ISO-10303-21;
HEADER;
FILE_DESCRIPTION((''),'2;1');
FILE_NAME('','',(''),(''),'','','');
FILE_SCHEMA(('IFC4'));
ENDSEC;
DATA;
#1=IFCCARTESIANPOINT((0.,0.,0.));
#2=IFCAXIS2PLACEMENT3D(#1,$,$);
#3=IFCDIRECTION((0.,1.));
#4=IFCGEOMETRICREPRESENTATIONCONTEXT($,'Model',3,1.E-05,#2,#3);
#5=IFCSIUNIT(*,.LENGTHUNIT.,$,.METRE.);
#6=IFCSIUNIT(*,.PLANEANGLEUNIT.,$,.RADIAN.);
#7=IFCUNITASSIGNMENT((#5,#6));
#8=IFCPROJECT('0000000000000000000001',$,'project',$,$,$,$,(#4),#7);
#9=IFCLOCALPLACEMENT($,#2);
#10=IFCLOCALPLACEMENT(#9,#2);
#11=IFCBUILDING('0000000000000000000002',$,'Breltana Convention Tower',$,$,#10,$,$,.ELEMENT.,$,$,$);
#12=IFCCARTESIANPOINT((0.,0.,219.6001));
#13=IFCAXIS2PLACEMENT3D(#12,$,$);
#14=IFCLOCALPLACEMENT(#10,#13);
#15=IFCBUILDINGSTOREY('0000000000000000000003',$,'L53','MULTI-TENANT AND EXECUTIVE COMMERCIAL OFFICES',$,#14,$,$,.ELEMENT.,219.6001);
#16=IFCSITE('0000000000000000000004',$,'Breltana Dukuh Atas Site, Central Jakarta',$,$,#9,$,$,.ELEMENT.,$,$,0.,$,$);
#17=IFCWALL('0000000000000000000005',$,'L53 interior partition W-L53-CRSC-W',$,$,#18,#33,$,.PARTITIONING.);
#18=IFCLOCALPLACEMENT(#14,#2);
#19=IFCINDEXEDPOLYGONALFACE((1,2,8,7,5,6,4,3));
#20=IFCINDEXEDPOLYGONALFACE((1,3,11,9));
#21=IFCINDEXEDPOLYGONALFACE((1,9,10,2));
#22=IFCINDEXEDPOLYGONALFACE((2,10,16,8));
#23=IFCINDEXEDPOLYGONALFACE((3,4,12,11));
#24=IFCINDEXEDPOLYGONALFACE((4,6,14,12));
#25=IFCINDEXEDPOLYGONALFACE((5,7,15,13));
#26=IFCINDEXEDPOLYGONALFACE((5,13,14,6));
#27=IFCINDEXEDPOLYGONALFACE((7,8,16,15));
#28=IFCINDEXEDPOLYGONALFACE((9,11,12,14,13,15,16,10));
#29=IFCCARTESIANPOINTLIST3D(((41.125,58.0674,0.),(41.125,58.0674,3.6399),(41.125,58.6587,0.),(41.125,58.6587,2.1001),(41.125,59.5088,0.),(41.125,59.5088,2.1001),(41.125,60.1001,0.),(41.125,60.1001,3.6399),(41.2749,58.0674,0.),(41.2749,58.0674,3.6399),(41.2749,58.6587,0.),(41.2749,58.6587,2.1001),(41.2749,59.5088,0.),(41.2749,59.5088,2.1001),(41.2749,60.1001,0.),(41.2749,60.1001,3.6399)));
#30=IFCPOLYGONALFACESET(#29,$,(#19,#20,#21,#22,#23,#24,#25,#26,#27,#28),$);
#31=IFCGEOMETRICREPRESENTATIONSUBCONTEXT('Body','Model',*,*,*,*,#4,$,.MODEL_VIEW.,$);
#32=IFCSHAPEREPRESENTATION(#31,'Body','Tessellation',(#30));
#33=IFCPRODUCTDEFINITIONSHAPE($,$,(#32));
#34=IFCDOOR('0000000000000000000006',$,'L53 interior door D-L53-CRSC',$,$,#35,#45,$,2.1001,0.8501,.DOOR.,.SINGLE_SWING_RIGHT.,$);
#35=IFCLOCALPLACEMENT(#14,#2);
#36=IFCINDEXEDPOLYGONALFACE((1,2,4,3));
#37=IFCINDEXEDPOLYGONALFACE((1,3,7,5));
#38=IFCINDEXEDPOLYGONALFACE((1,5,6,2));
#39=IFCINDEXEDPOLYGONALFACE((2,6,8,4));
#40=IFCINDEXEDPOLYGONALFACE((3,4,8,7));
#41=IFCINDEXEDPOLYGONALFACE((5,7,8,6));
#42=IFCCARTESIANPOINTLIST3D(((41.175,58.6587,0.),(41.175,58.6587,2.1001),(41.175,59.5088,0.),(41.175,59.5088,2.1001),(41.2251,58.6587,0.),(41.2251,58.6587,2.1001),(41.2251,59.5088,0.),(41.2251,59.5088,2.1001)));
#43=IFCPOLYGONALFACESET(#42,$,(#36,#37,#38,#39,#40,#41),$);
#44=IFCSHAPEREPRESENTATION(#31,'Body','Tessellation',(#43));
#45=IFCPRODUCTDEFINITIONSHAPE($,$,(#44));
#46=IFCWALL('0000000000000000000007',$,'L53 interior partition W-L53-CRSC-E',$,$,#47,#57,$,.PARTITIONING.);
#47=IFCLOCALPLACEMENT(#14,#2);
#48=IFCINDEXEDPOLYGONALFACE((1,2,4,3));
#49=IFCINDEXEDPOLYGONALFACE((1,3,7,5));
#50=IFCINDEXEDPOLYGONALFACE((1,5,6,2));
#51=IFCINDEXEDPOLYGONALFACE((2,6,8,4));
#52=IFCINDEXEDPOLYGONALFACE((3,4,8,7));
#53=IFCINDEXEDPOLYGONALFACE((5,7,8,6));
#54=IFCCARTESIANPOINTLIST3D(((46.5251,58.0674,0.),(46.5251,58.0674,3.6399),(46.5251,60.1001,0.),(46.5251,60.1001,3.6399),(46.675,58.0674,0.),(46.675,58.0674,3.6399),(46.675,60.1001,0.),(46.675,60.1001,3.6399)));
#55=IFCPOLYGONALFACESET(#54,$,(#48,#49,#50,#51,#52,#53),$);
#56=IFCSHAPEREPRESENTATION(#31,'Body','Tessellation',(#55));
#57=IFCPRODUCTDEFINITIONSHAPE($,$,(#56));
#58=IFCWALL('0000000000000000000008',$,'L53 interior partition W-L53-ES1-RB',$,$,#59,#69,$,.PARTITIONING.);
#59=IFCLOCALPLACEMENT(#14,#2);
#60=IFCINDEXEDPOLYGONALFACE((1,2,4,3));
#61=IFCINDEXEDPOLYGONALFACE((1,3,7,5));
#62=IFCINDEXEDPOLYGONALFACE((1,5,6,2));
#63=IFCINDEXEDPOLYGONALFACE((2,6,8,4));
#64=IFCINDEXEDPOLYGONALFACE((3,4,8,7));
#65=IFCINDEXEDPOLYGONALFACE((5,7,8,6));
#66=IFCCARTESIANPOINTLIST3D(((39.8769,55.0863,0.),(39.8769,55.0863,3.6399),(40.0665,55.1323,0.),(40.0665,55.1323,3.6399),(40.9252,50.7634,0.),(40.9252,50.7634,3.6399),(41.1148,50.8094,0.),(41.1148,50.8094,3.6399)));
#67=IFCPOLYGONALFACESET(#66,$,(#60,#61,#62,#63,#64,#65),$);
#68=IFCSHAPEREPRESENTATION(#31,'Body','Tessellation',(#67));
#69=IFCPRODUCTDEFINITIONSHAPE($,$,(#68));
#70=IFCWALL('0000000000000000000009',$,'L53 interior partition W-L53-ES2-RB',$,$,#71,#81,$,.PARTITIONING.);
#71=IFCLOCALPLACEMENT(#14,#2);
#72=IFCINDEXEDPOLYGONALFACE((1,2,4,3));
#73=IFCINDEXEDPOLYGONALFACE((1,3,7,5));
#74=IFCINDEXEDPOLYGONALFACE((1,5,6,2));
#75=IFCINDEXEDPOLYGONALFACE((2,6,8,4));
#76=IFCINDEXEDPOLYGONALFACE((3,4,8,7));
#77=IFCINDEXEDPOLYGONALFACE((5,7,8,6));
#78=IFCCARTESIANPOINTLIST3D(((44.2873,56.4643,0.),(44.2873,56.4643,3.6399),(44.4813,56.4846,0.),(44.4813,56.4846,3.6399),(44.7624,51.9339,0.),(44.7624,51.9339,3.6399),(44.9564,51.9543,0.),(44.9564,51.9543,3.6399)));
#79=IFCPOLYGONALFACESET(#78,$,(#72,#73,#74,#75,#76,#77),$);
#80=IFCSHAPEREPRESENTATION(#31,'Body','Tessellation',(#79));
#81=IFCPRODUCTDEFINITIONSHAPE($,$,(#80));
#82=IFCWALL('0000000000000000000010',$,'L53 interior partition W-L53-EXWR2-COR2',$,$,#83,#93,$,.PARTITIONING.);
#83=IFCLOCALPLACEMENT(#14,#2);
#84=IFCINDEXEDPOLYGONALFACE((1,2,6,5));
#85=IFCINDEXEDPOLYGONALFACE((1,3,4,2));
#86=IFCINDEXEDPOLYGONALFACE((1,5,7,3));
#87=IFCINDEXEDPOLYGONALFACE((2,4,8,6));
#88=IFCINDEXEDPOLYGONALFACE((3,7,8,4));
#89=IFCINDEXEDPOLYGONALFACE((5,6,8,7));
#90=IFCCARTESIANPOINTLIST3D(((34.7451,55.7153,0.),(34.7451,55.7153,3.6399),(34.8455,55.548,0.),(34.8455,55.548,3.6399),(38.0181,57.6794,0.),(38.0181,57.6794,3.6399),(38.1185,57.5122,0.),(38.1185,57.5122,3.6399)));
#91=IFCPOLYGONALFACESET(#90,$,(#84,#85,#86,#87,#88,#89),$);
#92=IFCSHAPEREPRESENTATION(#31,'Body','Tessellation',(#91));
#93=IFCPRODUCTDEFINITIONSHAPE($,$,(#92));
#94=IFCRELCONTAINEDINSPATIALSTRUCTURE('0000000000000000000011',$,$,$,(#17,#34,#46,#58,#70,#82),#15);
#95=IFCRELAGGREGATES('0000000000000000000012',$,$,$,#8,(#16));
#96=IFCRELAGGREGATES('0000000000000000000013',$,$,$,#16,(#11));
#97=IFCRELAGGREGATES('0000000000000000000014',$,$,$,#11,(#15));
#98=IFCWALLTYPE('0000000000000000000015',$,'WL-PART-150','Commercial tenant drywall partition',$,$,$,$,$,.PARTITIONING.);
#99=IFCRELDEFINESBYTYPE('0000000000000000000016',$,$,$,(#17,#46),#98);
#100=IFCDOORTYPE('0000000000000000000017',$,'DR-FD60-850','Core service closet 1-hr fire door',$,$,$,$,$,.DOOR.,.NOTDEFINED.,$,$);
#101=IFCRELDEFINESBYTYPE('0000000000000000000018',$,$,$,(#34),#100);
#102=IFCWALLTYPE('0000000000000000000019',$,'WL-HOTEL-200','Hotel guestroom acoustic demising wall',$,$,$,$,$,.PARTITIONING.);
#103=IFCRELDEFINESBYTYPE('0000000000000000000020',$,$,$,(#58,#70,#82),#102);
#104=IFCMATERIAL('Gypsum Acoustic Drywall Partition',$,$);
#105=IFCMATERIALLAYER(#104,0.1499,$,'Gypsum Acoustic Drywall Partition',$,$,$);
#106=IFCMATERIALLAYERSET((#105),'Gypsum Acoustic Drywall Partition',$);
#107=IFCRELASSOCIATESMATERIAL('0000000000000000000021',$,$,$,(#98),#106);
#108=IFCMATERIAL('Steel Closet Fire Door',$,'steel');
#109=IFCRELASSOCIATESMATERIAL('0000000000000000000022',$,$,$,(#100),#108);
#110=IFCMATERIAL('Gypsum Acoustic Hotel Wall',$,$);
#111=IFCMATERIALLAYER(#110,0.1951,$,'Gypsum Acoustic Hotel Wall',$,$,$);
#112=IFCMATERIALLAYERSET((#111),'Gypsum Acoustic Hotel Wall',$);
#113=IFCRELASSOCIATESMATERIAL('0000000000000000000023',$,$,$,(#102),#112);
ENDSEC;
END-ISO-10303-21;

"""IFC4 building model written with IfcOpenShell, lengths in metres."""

from ifc_helpers import new_model, si_unit, direction, frame, frame_2d, origin, place, context, subcontext, project, spatial, rectangle, extrude, source, transform, mapped, material, layer, layer_set, type_object, type_shapes, element, fill, save


model = new_model("IFC4")

# Units and contexts
model_context = context("Model", 3, precision=1e-05, world=origin(), true_north=direction((0.0, 1.0)))
body_context = subcontext(model_context, "Body", "Model", "MODEL_VIEW")
ifc_project = project(units=[si_unit("LENGTHUNIT", "METRE"), si_unit("PLANEANGLEUNIT", "RADIAN")], contexts=[model_context])

# Site, building, storey
site_placement = place(None, origin())
site = spatial("IfcSite", under=ifc_project, at=site_placement, Name="Breltana Dukuh Atas Site, Central Jakarta", CompositionType="ELEMENT", RefElevation=0.0)
building_placement = place(site_placement, origin())
building = spatial("IfcBuilding", under=site, at=building_placement, Name="Breltana Convention Tower", CompositionType="ELEMENT")
storey_placement = place(building_placement, frame((0.0, 0.0, 219.6001)))
storey = spatial("IfcBuildingStorey", under=building, at=storey_placement, Name="L53", Description="MULTI-TENANT AND EXECUTIVE COMMERCIAL OFFICES", CompositionType="ELEMENT", Elevation=219.6001)

# Shared definitions
ifc_material_1 = material(Name="Gypsum Acoustic Drywall Partition")
ifc_layer_1 = layer(ifc_material_1, 0.1499, Name="Gypsum Acoustic Drywall Partition")
ifc_layer_set_1 = layer_set([ifc_layer_1], Name="Gypsum Acoustic Drywall Partition")
wall_type_1 = type_object("IfcWallType", Name="WL-PART-150", Description="Commercial tenant drywall partition", PredefinedType="PARTITIONING", material=ifc_layer_set_1)

# Wall, opening, door
shared_shape_1 = source(origin(), body_context, "Body", "SweptSolid", [
    extrude(rectangle(XDim=2.0327, YDim=0.1499, at=frame_2d((1.0164, 0.0))), origin(), (0.0, 0.0, 1.0), 3.6399),
])
wall_1_placement = place(storey_placement, frame((41.2, 58.0674, 0.0), z_axis=(0.0, 0.0, 1.0), x_axis=(0.0, 1.0, 0.0)))
wall_1 = element("IfcWall", 1, at=wall_1_placement, inside=storey, type_object=wall_type_1, Name="L53 interior partition W-L53-CRSC-W", PredefinedType="PARTITIONING", context=body_context, shape_type="MappedRepresentation", body=[
    mapped(shared_shape_1, transform((0.0, 0.0, 0.0), scale=1.0)),
])
opening_1_placement = place(wall_1_placement, frame((0.5913, 0.0, 0.0)))
opening_1 = element("IfcOpeningElement", 2, at=opening_1_placement, cuts=wall_1, PredefinedType="OPENING", context=body_context, shape_type="SweptSolid", body=[
    extrude(rectangle(XDim=0.8501, YDim=2.1001, at=frame_2d((0.425, 1.05))), frame((0.0, 0.085, 0.0), z_axis=(0.0, -1.0, 0.0), x_axis=(1.0, 0.0, 0.0)), (0.0, 0.0, 1.0), 0.1699),
])
ifc_material_2 = material(Name="Steel Closet Fire Door", Category="steel")
door_type_1 = type_object("IfcDoorType", Name="DR-FD60-850", Description="Core service closet 1-hr fire door", OperationType="NOTDEFINED", PredefinedType="DOOR", material=ifc_material_2)
shared_shape_2 = source(origin(), body_context, "Body", "SweptSolid", [
    extrude(rectangle(XDim=0.8501, YDim=2.1001, at=frame_2d((0.425, 1.05))), frame((0.0, 0.0249, 0.0), z_axis=(0.0, -1.0, 0.0), x_axis=(1.0, 0.0, 0.0)), (0.0, 0.0, 1.0), 0.05),
])
type_shapes(door_type_1, [shared_shape_2])
door_1_placement = place(opening_1_placement, origin())
door_1 = element("IfcDoor", 3, at=door_1_placement, inside=storey, type_object=door_type_1, Name="L53 interior door D-L53-CRSC", OperationType="SINGLE_SWING_RIGHT", OverallHeight=2.1001, OverallWidth=0.8501, PredefinedType="DOOR", context=body_context, shape_type="MappedRepresentation", body=[
    mapped(shared_shape_2, transform((0.0, 0.0, 0.0), scale=1.0)),
])
fill(opening_1, door_1)

# Wall
wall_2_placement = place(storey_placement, frame((46.6001, 58.0674, 0.0), z_axis=(0.0, 0.0, 1.0), x_axis=(0.0, 1.0, 0.0)))
element("IfcWall", 4, at=wall_2_placement, inside=storey, type_object=wall_type_1, Name="L53 interior partition W-L53-CRSC-E", PredefinedType="PARTITIONING", context=body_context, shape_type="MappedRepresentation", body=[
    mapped(shared_shape_1, transform((0.0, 0.0, 0.0), scale=1.0)),
])

# Shared definitions
ifc_material_3 = material(Name="Gypsum Acoustic Hotel Wall")
ifc_layer_2 = layer(ifc_material_3, 0.1951, Name="Gypsum Acoustic Hotel Wall")
ifc_layer_set_2 = layer_set([ifc_layer_2], Name="Gypsum Acoustic Hotel Wall")
wall_type_2 = type_object("IfcWallType", Name="WL-HOTEL-200", Description="Hotel guestroom acoustic demising wall", PredefinedType="PARTITIONING", material=ifc_layer_set_2)

# Wall
shared_shape_3 = source(origin(), body_context, "Body", "SweptSolid", [
    extrude(rectangle(XDim=4.4482, YDim=0.1951, at=frame_2d((2.2241, 0.0))), origin(), (0.0, 0.0, 1.0), 3.6399),
])
wall_3_placement = place(storey_placement, frame((41.02, 50.7864, 0.0), z_axis=(0.0, 0.0, 1.0), x_axis=(-0.235672, 0.971833, 0.0)))
element("IfcWall", 5, at=wall_3_placement, inside=storey, type_object=wall_type_2, Name="L53 interior partition W-L53-ES1-RB", PredefinedType="PARTITIONING", context=body_context, shape_type="MappedRepresentation", body=[
    mapped(shared_shape_3, transform((0.0, 0.0, 0.0), scale=1.0)),
])

# Wall
shared_shape_4 = source(origin(), body_context, "Body", "SweptSolid", [
    extrude(rectangle(XDim=4.5552, YDim=0.1951, at=frame_2d((2.2776, 0.0))), origin(), (0.0, 0.0, 1.0), 3.6399),
])
wall_4_placement = place(storey_placement, frame((44.8594, 51.9441, 0.0), z_axis=(0.0, 0.0, 1.0), x_axis=(-0.1043, 0.994546, 0.0)))
element("IfcWall", 6, at=wall_4_placement, inside=storey, type_object=wall_type_2, Name="L53 interior partition W-L53-ES2-RB", PredefinedType="PARTITIONING", context=body_context, shape_type="MappedRepresentation", body=[
    mapped(shared_shape_4, transform((0.0, 0.0, 0.0), scale=1.0)),
])

# Wall
shared_shape_5 = source(origin(), body_context, "Body", "SweptSolid", [
    extrude(rectangle(XDim=3.8171, YDim=0.1951, at=frame_2d((1.9087, 0.0))), origin(), (0.0, 0.0, 1.0), 3.6399),
])
wall_5_placement = place(storey_placement, frame((34.7952, 55.6316, 0.0), z_axis=(0.0, 0.0, 1.0), x_axis=(0.857453, 0.514562, 0.0)))
element("IfcWall", 7, at=wall_5_placement, inside=storey, type_object=wall_type_2, Name="L53 interior partition W-L53-EXWR2-COR2", PredefinedType="PARTITIONING", context=body_context, shape_type="MappedRepresentation", body=[
    mapped(shared_shape_5, transform((0.0, 0.0, 0.0), scale=1.0)),
])

save(model, "model.ifc")
